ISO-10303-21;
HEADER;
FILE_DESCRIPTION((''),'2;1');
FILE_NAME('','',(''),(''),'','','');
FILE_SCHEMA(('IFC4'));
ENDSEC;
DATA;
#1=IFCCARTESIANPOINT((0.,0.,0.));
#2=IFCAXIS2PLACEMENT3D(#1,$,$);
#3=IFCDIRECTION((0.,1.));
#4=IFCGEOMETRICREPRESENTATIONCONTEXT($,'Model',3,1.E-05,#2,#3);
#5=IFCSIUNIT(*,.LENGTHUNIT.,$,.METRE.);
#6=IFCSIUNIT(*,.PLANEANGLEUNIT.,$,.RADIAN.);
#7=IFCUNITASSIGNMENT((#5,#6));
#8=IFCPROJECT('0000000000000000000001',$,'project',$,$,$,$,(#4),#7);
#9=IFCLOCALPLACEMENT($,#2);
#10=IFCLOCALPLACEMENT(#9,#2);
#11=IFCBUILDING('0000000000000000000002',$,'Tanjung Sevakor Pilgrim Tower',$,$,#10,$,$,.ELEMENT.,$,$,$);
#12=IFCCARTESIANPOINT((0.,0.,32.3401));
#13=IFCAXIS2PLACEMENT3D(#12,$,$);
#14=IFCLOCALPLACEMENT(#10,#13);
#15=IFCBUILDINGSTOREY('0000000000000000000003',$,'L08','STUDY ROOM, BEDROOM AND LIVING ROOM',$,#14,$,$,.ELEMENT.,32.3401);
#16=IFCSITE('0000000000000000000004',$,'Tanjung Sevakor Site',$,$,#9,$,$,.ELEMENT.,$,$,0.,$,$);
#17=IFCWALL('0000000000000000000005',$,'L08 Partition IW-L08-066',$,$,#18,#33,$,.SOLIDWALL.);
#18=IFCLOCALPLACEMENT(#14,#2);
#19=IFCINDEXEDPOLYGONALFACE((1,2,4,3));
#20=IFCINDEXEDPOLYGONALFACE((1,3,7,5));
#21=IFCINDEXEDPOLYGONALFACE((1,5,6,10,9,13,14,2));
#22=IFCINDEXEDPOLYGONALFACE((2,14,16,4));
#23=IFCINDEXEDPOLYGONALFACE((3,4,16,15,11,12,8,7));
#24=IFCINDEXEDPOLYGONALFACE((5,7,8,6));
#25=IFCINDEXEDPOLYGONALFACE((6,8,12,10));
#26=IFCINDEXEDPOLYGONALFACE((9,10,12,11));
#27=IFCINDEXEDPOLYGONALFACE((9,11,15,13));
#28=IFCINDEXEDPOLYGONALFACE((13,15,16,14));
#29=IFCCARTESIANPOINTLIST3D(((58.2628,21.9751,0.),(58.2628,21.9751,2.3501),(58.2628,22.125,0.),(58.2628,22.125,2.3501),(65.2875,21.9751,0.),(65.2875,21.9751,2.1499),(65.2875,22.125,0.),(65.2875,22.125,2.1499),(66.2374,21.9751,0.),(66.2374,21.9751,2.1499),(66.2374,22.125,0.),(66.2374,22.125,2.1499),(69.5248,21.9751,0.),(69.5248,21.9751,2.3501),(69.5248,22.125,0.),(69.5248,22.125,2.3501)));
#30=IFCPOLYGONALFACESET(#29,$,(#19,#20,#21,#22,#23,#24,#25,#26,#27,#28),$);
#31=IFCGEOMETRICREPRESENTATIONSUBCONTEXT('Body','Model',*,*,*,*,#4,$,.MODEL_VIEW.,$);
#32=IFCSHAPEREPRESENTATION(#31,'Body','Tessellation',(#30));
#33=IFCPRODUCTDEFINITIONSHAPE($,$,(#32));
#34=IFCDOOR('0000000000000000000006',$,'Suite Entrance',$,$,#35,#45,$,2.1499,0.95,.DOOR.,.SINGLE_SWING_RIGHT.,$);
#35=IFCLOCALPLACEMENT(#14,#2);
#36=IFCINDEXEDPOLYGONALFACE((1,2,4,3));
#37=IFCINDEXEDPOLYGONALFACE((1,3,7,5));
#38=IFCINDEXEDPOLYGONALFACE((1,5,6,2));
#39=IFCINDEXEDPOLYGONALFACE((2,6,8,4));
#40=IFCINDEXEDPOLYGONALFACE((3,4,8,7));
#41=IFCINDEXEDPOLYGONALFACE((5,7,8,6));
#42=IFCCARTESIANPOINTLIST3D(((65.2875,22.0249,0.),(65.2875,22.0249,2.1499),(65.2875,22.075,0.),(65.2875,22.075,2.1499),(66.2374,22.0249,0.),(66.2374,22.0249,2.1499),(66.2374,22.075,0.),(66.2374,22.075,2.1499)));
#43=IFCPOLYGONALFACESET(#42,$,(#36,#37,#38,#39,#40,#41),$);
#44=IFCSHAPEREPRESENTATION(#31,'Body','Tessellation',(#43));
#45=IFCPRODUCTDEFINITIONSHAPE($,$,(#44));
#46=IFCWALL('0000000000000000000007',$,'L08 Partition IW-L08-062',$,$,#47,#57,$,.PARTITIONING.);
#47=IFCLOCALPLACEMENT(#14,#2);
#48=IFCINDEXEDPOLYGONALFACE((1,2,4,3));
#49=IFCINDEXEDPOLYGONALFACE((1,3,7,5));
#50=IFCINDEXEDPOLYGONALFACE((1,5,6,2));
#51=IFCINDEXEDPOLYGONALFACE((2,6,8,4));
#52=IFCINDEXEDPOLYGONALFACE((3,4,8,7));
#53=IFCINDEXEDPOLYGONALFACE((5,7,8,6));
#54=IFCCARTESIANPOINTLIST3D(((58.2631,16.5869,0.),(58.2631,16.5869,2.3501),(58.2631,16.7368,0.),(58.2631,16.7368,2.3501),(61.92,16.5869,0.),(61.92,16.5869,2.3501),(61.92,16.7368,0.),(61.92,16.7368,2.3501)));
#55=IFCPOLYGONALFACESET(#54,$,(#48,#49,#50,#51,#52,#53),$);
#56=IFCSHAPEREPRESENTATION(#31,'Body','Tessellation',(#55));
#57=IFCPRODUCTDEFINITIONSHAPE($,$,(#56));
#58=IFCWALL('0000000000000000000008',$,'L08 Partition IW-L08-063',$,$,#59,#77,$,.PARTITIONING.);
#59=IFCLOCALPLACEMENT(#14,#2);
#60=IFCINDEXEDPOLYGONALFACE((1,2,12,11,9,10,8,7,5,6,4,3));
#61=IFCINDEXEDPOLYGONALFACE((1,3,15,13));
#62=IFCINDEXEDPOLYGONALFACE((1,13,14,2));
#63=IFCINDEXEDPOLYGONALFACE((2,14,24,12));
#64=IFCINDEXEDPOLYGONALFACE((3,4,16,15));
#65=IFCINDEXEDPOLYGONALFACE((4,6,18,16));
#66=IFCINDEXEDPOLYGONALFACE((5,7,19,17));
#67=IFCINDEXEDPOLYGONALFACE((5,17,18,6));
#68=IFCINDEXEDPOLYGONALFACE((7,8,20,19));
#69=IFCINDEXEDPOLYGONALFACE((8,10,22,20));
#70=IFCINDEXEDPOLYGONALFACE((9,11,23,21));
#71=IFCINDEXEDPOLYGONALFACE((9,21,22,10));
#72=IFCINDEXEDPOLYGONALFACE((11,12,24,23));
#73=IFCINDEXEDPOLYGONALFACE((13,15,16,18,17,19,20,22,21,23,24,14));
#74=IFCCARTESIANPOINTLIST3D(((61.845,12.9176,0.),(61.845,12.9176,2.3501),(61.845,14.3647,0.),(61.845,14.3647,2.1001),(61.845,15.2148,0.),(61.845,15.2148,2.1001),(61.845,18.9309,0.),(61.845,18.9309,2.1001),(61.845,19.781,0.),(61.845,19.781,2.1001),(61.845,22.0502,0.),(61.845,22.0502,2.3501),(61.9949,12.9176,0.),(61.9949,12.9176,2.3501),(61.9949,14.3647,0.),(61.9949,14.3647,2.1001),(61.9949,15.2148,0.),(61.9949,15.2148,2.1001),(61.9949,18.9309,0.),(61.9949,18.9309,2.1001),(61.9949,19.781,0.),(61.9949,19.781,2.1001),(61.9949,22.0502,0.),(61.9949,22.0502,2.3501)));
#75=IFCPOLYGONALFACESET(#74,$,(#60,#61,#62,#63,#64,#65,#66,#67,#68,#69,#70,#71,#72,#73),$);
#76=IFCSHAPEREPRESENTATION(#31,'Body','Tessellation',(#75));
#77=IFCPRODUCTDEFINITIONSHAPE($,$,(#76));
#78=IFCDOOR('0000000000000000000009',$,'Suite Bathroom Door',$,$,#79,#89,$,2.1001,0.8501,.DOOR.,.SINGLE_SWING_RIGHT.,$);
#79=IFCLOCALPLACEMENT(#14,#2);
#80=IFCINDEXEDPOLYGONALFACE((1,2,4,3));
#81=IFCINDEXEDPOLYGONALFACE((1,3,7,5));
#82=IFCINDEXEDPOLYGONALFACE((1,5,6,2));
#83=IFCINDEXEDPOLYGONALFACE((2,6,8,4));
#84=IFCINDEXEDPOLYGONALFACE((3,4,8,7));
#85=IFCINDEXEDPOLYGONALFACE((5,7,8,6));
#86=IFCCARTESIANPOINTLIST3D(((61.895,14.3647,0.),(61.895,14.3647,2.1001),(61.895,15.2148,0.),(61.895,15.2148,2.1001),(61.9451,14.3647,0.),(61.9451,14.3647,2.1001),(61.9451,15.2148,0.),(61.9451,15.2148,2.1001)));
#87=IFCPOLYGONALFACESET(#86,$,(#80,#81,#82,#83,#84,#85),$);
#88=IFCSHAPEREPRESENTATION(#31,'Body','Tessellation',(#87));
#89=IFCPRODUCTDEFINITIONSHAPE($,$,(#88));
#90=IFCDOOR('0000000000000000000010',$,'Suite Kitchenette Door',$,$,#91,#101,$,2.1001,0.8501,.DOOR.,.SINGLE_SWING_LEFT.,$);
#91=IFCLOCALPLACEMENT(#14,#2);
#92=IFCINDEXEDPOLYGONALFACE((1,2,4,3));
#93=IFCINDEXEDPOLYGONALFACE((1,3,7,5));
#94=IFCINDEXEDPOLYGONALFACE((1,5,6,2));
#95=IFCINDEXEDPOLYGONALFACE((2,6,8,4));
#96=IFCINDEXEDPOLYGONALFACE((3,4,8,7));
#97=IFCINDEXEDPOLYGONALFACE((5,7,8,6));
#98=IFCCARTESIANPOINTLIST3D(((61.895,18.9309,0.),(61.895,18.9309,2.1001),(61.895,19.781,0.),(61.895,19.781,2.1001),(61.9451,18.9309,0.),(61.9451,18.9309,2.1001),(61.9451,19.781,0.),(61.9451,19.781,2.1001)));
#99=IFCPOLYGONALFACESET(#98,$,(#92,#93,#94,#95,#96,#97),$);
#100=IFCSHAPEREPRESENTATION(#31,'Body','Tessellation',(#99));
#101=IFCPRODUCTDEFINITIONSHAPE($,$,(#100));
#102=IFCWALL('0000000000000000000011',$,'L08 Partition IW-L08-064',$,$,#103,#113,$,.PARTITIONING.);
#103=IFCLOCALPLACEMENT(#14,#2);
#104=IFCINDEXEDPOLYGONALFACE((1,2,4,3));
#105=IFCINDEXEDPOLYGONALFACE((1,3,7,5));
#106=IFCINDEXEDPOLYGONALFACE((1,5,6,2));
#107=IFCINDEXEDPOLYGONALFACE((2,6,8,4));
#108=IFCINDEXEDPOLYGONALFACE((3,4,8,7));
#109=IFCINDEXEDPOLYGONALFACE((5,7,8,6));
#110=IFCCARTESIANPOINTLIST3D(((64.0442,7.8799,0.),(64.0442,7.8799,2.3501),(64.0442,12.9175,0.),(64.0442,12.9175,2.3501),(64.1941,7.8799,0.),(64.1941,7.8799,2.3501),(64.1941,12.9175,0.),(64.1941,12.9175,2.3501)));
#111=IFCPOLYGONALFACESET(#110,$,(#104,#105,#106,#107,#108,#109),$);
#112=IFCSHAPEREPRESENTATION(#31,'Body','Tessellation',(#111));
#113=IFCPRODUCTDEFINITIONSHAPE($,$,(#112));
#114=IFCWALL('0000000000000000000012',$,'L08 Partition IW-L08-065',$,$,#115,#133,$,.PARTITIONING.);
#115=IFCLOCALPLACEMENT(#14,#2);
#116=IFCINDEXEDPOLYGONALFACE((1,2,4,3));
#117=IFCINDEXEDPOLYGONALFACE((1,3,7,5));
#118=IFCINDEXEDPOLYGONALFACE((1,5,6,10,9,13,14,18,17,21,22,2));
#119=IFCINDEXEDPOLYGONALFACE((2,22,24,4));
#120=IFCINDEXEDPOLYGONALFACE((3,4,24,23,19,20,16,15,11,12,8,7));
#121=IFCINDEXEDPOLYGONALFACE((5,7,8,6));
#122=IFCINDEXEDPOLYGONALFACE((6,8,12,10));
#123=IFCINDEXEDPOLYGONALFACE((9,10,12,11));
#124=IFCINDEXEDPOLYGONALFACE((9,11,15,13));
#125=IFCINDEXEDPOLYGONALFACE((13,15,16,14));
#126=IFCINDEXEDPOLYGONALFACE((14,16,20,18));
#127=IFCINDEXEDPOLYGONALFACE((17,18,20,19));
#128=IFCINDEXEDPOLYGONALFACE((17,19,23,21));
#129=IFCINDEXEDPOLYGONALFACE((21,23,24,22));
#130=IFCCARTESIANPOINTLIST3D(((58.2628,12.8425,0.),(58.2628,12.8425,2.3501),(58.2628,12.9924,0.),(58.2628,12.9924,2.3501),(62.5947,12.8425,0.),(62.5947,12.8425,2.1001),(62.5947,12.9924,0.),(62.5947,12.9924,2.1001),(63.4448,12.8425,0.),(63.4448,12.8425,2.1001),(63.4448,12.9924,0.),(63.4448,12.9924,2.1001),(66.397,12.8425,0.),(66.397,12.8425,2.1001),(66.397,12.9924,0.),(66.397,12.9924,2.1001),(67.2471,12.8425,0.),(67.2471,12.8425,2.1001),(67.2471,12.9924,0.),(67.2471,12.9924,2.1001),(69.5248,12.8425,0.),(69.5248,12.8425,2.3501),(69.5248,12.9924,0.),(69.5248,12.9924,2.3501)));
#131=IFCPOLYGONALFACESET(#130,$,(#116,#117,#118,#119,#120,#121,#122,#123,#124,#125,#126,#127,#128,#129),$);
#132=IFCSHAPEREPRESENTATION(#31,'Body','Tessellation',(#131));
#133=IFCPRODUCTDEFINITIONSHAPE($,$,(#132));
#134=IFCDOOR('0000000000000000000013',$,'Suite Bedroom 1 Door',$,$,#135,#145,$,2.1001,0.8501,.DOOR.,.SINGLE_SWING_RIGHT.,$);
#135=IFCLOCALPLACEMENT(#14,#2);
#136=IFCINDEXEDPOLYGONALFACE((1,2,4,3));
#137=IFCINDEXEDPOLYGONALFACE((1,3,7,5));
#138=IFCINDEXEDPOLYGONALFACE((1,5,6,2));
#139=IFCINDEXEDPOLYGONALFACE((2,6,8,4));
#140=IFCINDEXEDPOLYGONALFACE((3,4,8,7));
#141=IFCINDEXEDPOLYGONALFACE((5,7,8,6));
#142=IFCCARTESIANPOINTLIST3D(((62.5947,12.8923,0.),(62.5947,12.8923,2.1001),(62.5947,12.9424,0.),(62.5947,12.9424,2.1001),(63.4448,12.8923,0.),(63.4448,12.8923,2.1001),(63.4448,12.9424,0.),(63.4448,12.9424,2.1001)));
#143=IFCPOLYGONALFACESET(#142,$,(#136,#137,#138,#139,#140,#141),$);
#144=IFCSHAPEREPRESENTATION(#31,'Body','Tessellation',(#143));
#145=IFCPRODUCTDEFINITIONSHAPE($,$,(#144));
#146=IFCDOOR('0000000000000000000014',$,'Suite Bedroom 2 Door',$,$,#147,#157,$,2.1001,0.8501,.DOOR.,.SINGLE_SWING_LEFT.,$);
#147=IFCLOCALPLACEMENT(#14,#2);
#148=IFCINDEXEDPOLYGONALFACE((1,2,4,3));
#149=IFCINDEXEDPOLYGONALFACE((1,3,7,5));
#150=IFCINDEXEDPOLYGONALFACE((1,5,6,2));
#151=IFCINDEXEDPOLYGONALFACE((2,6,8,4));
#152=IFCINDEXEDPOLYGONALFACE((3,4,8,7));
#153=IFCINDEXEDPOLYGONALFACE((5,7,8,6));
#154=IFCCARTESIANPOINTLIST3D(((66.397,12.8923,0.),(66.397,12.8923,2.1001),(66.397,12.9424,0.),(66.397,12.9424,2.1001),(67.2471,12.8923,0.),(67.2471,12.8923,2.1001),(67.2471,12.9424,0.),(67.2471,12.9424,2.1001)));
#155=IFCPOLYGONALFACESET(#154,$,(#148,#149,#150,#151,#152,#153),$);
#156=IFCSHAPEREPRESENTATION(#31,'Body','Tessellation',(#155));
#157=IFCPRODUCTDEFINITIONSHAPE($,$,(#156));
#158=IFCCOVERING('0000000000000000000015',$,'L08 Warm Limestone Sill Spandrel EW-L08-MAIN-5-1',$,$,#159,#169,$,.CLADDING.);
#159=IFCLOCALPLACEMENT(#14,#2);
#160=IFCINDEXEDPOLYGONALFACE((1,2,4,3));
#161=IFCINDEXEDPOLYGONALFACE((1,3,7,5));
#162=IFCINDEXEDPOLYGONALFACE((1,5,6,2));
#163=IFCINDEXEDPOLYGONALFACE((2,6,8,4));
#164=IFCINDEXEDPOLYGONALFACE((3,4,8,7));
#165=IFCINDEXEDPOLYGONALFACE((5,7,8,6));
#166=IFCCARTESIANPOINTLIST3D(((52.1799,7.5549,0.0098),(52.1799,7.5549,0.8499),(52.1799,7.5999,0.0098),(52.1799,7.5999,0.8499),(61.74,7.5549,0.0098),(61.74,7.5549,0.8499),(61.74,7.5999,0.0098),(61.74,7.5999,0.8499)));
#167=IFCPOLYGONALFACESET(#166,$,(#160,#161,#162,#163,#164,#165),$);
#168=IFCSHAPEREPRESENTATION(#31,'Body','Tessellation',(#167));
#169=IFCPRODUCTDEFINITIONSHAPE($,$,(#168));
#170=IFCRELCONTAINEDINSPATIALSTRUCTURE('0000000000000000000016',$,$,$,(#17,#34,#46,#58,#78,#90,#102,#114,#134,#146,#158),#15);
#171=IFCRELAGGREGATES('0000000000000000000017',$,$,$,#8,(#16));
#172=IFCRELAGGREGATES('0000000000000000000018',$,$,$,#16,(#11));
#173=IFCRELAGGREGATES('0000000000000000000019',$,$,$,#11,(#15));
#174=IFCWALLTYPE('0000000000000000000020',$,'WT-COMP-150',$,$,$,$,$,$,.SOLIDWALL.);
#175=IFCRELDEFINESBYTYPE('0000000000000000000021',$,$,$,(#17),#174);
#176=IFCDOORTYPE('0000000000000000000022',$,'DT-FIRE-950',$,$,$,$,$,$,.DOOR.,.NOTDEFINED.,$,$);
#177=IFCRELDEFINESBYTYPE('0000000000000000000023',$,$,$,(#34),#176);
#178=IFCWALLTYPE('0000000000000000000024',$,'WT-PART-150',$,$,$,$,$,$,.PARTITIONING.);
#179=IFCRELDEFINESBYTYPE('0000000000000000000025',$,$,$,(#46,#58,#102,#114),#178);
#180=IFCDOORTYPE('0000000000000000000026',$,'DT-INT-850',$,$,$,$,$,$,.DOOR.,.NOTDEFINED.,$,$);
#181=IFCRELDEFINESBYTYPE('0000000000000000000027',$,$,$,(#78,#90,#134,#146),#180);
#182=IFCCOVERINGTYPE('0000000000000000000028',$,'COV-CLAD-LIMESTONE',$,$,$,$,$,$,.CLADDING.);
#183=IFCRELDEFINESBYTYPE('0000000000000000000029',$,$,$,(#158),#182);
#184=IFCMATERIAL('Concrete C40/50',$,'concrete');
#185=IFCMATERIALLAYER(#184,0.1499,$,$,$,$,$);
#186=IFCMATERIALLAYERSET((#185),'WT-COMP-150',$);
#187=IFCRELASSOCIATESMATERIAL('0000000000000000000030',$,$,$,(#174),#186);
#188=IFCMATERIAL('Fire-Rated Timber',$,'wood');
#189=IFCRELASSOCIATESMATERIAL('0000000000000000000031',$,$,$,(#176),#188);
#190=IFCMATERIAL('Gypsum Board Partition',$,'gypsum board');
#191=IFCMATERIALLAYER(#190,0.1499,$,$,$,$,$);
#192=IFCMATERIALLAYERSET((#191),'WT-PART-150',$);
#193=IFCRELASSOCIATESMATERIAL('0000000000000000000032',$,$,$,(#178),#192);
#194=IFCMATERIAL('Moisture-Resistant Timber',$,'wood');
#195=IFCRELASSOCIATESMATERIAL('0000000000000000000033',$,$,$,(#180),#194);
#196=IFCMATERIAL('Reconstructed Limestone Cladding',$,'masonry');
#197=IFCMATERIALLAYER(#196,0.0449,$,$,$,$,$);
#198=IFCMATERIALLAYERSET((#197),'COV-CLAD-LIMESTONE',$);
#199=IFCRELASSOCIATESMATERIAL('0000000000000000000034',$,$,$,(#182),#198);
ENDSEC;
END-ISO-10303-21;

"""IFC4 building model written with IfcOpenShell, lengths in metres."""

from ifc_helpers import new_model, si_unit, direction, frame, frame_2d, origin, origin_2d, place, context, subcontext, project, spatial, rectangle, extrude, material, layer, layer_set, type_object, element, fill, save


model = new_model("IFC4")

# Units and contexts
model_context = context("Model", 3, precision=1e-05, world=origin(), true_north=direction((0.0, 1.0)))
body_context = subcontext(model_context, "Body", "Model", "MODEL_VIEW")
ifc_project = project(units=[si_unit("LENGTHUNIT", "METRE"), si_unit("PLANEANGLEUNIT", "RADIAN")], contexts=[model_context])

# Site, building, storey
site_placement = place(None, origin())
site = spatial("IfcSite", under=ifc_project, at=site_placement, Name="Tanjung Sevakor Site", CompositionType="ELEMENT", RefElevation=0.0)
building_placement = place(site_placement, origin())
building = spatial("IfcBuilding", under=site, at=building_placement, Name="Tanjung Sevakor Pilgrim Tower", CompositionType="ELEMENT")
storey_placement = place(building_placement, frame((0.0, 0.0, 32.3401)))
storey = spatial("IfcBuildingStorey", under=building, at=storey_placement, Name="L08", Description="STUDY ROOM, BEDROOM AND LIVING ROOM", CompositionType="ELEMENT", Elevation=32.3401)

# Shared definitions
ifc_material_1 = material(Name="Concrete C40/50", Category="concrete")
ifc_layer_1 = layer(ifc_material_1, 0.1499)
ifc_layer_set_1 = layer_set([ifc_layer_1], Name="WT-COMP-150")
wall_type_1 = type_object("IfcWallType", Name="WT-COMP-150", PredefinedType="SOLIDWALL", material=ifc_layer_set_1)

# Wall, opening, door
wall_1_placement = place(storey_placement, frame((58.2629, 22.05, 0.0), z_axis=(0.0, 0.0, 1.0), x_axis=(1.0, 0.0, 0.0)))
wall_1 = element("IfcWall", 1, at=wall_1_placement, inside=storey, type_object=wall_type_1, Name="L08 Partition IW-L08-066", PredefinedType="SOLIDWALL", context=body_context, shape_type="SweptSolid", body=[
    extrude(rectangle(XDim=11.262, YDim=0.1499, at=frame_2d((5.6309, 0.0))), origin(), (0.0, 0.0, 1.0), 2.3501),
])
opening_1_placement = place(wall_1_placement, frame((7.0244, 0.0, 0.0)))
opening_1 = element("IfcOpeningElement", 2, at=opening_1_placement, cuts=wall_1, PredefinedType="OPENING", context=body_context, shape_type="SweptSolid", body=[
    extrude(rectangle(XDim=0.95, YDim=2.1499, at=frame_2d((0.4751, 1.075))), frame((0.0, 0.085, 0.0), z_axis=(0.0, -1.0, 0.0), x_axis=(1.0, 0.0, 0.0)), (0.0, 0.0, 1.0), 0.1699),
])
ifc_material_2 = material(Name="Fire-Rated Timber", Category="wood")
door_type_1 = type_object("IfcDoorType", Name="DT-FIRE-950", OperationType="NOTDEFINED", PredefinedType="DOOR", material=ifc_material_2)
door_1_placement = place(opening_1_placement, origin())
door_1 = element("IfcDoor", 3, at=door_1_placement, inside=storey, type_object=door_type_1, Name="Suite Entrance", OperationType="SINGLE_SWING_RIGHT", OverallHeight=2.1499, OverallWidth=0.95, PredefinedType="DOOR", context=body_context, shape_type="SweptSolid", body=[
    extrude(rectangle(XDim=0.95, YDim=2.1499, at=frame_2d((0.4751, 1.075))), frame((0.0, 0.0249, 0.0), z_axis=(0.0, -1.0, 0.0), x_axis=(1.0, 0.0, 0.0)), (0.0, 0.0, 1.0), 0.05),
])
fill(opening_1, door_1)

# Wall
ifc_material_3 = material(Name="Gypsum Board Partition", Category="gypsum board")
ifc_layer_2 = layer(ifc_material_3, 0.1499)
ifc_layer_set_2 = layer_set([ifc_layer_2], Name="WT-PART-150")
wall_type_2 = type_object("IfcWallType", Name="WT-PART-150", PredefinedType="PARTITIONING", material=ifc_layer_set_2)
wall_2_placement = place(storey_placement, frame((58.2629, 16.6619, 0.0), z_axis=(0.0, 0.0, 1.0), x_axis=(1.0, 0.0, 0.0)))
element("IfcWall", 4, at=wall_2_placement, inside=storey, type_object=wall_type_2, Name="L08 Partition IW-L08-062", PredefinedType="PARTITIONING", context=body_context, shape_type="SweptSolid", body=[
    extrude(rectangle(XDim=3.657, YDim=0.1499, at=frame_2d((1.8286, 0.0))), origin(), (0.0, 0.0, 1.0), 2.3501),
])

# Wall, openings, doors
wall_3_placement = place(storey_placement, frame((61.9199, 12.9175, 0.0), z_axis=(0.0, 0.0, 1.0), x_axis=(0.0, 1.0, 0.0)))
wall_3 = element("IfcWall", 5, at=wall_3_placement, inside=storey, type_object=wall_type_2, Name="L08 Partition IW-L08-063", PredefinedType="PARTITIONING", context=body_context, shape_type="SweptSolid", body=[
    extrude(rectangle(XDim=9.1326, YDim=0.1499, at=frame_2d((4.5664, 0.0))), origin(), (0.0, 0.0, 1.0), 2.3501),
])
opening_2_placement = place(wall_3_placement, frame((1.4473, 0.0, 0.0)))
opening_2 = element("IfcOpeningElement", 6, at=opening_2_placement, cuts=wall_3, PredefinedType="OPENING", context=body_context, shape_type="SweptSolid", body=[
    extrude(rectangle(XDim=0.8501, YDim=2.1001, at=frame_2d((0.425, 1.05))), frame((0.0, 0.085, 0.0), z_axis=(0.0, -1.0, 0.0), x_axis=(1.0, 0.0, 0.0)), (0.0, 0.0, 1.0), 0.1699),
])
opening_3_placement = place(wall_3_placement, frame((6.0134, 0.0, 0.0)))
opening_3 = element("IfcOpeningElement", 7, at=opening_3_placement, cuts=wall_3, PredefinedType="OPENING", context=body_context, shape_type="SweptSolid", body=[
    extrude(rectangle(XDim=0.8501, YDim=2.1001, at=frame_2d((0.425, 1.05))), frame((0.0, 0.085, 0.0), z_axis=(0.0, -1.0, 0.0), x_axis=(1.0, 0.0, 0.0)), (0.0, 0.0, 1.0), 0.1699),
])
ifc_material_4 = material(Name="Moisture-Resistant Timber", Category="wood")
door_type_2 = type_object("IfcDoorType", Name="DT-INT-850", OperationType="NOTDEFINED", PredefinedType="DOOR", material=ifc_material_4)
door_2_placement = place(opening_2_placement, origin())
door_2 = element("IfcDoor", 8, at=door_2_placement, inside=storey, type_object=door_type_2, Name="Suite Bathroom Door", OperationType="SINGLE_SWING_RIGHT", OverallHeight=2.1001, OverallWidth=0.8501, PredefinedType="DOOR", context=body_context, shape_type="SweptSolid", body=[
    extrude(rectangle(XDim=0.8501, YDim=2.1001, at=frame_2d((0.425, 1.05))), frame((0.0, 0.0249, 0.0), z_axis=(0.0, -1.0, 0.0), x_axis=(1.0, 0.0, 0.0)), (0.0, 0.0, 1.0), 0.05),
])
fill(opening_2, door_2)
door_3_placement = place(opening_3_placement, origin())
door_3 = element("IfcDoor", 9, at=door_3_placement, inside=storey, type_object=door_type_2, Name="Suite Kitchenette Door", OperationType="SINGLE_SWING_LEFT", OverallHeight=2.1001, OverallWidth=0.8501, PredefinedType="DOOR", context=body_context, shape_type="SweptSolid", body=[
    extrude(rectangle(XDim=0.8501, YDim=2.1001, at=frame_2d((0.425, 1.05))), frame((0.0, 0.0249, 0.0), z_axis=(0.0, -1.0, 0.0), x_axis=(1.0, 0.0, 0.0)), (0.0, 0.0, 1.0), 0.05),
])
fill(opening_3, door_3)

# Wall
wall_4_placement = place(storey_placement, frame((64.1191, 7.8799, 0.0), z_axis=(0.0, 0.0, 1.0), x_axis=(0.0, 1.0, 0.0)))
element("IfcWall", 10, at=wall_4_placement, inside=storey, type_object=wall_type_2, Name="L08 Partition IW-L08-064", PredefinedType="PARTITIONING", context=body_context, shape_type="SweptSolid", body=[
    extrude(rectangle(XDim=5.0376, YDim=0.1499, at=frame_2d((2.5188, 0.0))), origin(), (0.0, 0.0, 1.0), 2.3501),
])

# Wall, openings, doors
wall_5_placement = place(storey_placement, frame((58.2629, 12.9175, 0.0), z_axis=(0.0, 0.0, 1.0), x_axis=(1.0, 0.0, 0.0)))
wall_5 = element("IfcWall", 11, at=wall_5_placement, inside=storey, type_object=wall_type_2, Name="L08 Partition IW-L08-065", PredefinedType="PARTITIONING", context=body_context, shape_type="SweptSolid", body=[
    extrude(rectangle(XDim=11.262, YDim=0.1499, at=frame_2d((5.6309, 0.0))), origin(), (0.0, 0.0, 1.0), 2.3501),
])
opening_4_placement = place(wall_5_placement, frame((4.3318, 0.0, 0.0)))
opening_4 = element("IfcOpeningElement", 12, at=opening_4_placement, cuts=wall_5, PredefinedType="OPENING", context=body_context, shape_type="SweptSolid", body=[
    extrude(rectangle(XDim=0.8501, YDim=2.1001, at=frame_2d((0.425, 1.05))), frame((0.0, 0.085, 0.0), z_axis=(0.0, -1.0, 0.0), x_axis=(1.0, 0.0, 0.0)), (0.0, 0.0, 1.0), 0.1699),
])
opening_5_placement = place(wall_5_placement, frame((8.134, 0.0, 0.0)))
opening_5 = element("IfcOpeningElement", 13, at=opening_5_placement, cuts=wall_5, PredefinedType="OPENING", context=body_context, shape_type="SweptSolid", body=[
    extrude(rectangle(XDim=0.8501, YDim=2.1001, at=frame_2d((0.425, 1.05))), frame((0.0, 0.085, 0.0), z_axis=(0.0, -1.0, 0.0), x_axis=(1.0, 0.0, 0.0)), (0.0, 0.0, 1.0), 0.1699),
])
door_4_placement = place(opening_4_placement, origin())
door_4 = element("IfcDoor", 14, at=door_4_placement, inside=storey, type_object=door_type_2, Name="Suite Bedroom 1 Door", OperationType="SINGLE_SWING_RIGHT", OverallHeight=2.1001, OverallWidth=0.8501, PredefinedType="DOOR", context=body_context, shape_type="SweptSolid", body=[
    extrude(rectangle(XDim=0.8501, YDim=2.1001, at=frame_2d((0.425, 1.05))), frame((0.0, 0.0249, 0.0), z_axis=(0.0, -1.0, 0.0), x_axis=(1.0, 0.0, 0.0)), (0.0, 0.0, 1.0), 0.05),
])
fill(opening_4, door_4)
door_5_placement = place(opening_5_placement, origin())
door_5 = element("IfcDoor", 15, at=door_5_placement, inside=storey, type_object=door_type_2, Name="Suite Bedroom 2 Door", OperationType="SINGLE_SWING_LEFT", OverallHeight=2.1001, OverallWidth=0.8501, PredefinedType="DOOR", context=body_context, shape_type="SweptSolid", body=[
    extrude(rectangle(XDim=0.8501, YDim=2.1001, at=frame_2d((0.425, 1.05))), frame((0.0, 0.0249, 0.0), z_axis=(0.0, -1.0, 0.0), x_axis=(1.0, 0.0, 0.0)), (0.0, 0.0, 1.0), 0.05),
])
fill(opening_5, door_5)

# Covering
ifc_material_5 = material(Name="Reconstructed Limestone Cladding", Category="masonry")
ifc_layer_3 = layer(ifc_material_5, 0.0449)
ifc_layer_set_3 = layer_set([ifc_layer_3], Name="COV-CLAD-LIMESTONE")
covering_type = type_object("IfcCoveringType", Name="COV-CLAD-LIMESTONE", PredefinedType="CLADDING", material=ifc_layer_set_3)
covering_placement = place(storey_placement, frame((56.96, 7.5774, 0.0098), z_axis=(0.0, 0.0, 1.0), x_axis=(1.0, 0.0, 0.0)))
element("IfcCovering", 16, at=covering_placement, inside=storey, type_object=covering_type, Name="L08 Warm Limestone Sill Spandrel EW-L08-MAIN-5-1", PredefinedType="CLADDING", context=body_context, shape_type="SweptSolid", body=[
    extrude(rectangle(XDim=9.5601, YDim=0.0449, at=origin_2d()), origin(), (0.0, 0.0, 1.0), 0.8401),
])

save(model, "model.ifc")
